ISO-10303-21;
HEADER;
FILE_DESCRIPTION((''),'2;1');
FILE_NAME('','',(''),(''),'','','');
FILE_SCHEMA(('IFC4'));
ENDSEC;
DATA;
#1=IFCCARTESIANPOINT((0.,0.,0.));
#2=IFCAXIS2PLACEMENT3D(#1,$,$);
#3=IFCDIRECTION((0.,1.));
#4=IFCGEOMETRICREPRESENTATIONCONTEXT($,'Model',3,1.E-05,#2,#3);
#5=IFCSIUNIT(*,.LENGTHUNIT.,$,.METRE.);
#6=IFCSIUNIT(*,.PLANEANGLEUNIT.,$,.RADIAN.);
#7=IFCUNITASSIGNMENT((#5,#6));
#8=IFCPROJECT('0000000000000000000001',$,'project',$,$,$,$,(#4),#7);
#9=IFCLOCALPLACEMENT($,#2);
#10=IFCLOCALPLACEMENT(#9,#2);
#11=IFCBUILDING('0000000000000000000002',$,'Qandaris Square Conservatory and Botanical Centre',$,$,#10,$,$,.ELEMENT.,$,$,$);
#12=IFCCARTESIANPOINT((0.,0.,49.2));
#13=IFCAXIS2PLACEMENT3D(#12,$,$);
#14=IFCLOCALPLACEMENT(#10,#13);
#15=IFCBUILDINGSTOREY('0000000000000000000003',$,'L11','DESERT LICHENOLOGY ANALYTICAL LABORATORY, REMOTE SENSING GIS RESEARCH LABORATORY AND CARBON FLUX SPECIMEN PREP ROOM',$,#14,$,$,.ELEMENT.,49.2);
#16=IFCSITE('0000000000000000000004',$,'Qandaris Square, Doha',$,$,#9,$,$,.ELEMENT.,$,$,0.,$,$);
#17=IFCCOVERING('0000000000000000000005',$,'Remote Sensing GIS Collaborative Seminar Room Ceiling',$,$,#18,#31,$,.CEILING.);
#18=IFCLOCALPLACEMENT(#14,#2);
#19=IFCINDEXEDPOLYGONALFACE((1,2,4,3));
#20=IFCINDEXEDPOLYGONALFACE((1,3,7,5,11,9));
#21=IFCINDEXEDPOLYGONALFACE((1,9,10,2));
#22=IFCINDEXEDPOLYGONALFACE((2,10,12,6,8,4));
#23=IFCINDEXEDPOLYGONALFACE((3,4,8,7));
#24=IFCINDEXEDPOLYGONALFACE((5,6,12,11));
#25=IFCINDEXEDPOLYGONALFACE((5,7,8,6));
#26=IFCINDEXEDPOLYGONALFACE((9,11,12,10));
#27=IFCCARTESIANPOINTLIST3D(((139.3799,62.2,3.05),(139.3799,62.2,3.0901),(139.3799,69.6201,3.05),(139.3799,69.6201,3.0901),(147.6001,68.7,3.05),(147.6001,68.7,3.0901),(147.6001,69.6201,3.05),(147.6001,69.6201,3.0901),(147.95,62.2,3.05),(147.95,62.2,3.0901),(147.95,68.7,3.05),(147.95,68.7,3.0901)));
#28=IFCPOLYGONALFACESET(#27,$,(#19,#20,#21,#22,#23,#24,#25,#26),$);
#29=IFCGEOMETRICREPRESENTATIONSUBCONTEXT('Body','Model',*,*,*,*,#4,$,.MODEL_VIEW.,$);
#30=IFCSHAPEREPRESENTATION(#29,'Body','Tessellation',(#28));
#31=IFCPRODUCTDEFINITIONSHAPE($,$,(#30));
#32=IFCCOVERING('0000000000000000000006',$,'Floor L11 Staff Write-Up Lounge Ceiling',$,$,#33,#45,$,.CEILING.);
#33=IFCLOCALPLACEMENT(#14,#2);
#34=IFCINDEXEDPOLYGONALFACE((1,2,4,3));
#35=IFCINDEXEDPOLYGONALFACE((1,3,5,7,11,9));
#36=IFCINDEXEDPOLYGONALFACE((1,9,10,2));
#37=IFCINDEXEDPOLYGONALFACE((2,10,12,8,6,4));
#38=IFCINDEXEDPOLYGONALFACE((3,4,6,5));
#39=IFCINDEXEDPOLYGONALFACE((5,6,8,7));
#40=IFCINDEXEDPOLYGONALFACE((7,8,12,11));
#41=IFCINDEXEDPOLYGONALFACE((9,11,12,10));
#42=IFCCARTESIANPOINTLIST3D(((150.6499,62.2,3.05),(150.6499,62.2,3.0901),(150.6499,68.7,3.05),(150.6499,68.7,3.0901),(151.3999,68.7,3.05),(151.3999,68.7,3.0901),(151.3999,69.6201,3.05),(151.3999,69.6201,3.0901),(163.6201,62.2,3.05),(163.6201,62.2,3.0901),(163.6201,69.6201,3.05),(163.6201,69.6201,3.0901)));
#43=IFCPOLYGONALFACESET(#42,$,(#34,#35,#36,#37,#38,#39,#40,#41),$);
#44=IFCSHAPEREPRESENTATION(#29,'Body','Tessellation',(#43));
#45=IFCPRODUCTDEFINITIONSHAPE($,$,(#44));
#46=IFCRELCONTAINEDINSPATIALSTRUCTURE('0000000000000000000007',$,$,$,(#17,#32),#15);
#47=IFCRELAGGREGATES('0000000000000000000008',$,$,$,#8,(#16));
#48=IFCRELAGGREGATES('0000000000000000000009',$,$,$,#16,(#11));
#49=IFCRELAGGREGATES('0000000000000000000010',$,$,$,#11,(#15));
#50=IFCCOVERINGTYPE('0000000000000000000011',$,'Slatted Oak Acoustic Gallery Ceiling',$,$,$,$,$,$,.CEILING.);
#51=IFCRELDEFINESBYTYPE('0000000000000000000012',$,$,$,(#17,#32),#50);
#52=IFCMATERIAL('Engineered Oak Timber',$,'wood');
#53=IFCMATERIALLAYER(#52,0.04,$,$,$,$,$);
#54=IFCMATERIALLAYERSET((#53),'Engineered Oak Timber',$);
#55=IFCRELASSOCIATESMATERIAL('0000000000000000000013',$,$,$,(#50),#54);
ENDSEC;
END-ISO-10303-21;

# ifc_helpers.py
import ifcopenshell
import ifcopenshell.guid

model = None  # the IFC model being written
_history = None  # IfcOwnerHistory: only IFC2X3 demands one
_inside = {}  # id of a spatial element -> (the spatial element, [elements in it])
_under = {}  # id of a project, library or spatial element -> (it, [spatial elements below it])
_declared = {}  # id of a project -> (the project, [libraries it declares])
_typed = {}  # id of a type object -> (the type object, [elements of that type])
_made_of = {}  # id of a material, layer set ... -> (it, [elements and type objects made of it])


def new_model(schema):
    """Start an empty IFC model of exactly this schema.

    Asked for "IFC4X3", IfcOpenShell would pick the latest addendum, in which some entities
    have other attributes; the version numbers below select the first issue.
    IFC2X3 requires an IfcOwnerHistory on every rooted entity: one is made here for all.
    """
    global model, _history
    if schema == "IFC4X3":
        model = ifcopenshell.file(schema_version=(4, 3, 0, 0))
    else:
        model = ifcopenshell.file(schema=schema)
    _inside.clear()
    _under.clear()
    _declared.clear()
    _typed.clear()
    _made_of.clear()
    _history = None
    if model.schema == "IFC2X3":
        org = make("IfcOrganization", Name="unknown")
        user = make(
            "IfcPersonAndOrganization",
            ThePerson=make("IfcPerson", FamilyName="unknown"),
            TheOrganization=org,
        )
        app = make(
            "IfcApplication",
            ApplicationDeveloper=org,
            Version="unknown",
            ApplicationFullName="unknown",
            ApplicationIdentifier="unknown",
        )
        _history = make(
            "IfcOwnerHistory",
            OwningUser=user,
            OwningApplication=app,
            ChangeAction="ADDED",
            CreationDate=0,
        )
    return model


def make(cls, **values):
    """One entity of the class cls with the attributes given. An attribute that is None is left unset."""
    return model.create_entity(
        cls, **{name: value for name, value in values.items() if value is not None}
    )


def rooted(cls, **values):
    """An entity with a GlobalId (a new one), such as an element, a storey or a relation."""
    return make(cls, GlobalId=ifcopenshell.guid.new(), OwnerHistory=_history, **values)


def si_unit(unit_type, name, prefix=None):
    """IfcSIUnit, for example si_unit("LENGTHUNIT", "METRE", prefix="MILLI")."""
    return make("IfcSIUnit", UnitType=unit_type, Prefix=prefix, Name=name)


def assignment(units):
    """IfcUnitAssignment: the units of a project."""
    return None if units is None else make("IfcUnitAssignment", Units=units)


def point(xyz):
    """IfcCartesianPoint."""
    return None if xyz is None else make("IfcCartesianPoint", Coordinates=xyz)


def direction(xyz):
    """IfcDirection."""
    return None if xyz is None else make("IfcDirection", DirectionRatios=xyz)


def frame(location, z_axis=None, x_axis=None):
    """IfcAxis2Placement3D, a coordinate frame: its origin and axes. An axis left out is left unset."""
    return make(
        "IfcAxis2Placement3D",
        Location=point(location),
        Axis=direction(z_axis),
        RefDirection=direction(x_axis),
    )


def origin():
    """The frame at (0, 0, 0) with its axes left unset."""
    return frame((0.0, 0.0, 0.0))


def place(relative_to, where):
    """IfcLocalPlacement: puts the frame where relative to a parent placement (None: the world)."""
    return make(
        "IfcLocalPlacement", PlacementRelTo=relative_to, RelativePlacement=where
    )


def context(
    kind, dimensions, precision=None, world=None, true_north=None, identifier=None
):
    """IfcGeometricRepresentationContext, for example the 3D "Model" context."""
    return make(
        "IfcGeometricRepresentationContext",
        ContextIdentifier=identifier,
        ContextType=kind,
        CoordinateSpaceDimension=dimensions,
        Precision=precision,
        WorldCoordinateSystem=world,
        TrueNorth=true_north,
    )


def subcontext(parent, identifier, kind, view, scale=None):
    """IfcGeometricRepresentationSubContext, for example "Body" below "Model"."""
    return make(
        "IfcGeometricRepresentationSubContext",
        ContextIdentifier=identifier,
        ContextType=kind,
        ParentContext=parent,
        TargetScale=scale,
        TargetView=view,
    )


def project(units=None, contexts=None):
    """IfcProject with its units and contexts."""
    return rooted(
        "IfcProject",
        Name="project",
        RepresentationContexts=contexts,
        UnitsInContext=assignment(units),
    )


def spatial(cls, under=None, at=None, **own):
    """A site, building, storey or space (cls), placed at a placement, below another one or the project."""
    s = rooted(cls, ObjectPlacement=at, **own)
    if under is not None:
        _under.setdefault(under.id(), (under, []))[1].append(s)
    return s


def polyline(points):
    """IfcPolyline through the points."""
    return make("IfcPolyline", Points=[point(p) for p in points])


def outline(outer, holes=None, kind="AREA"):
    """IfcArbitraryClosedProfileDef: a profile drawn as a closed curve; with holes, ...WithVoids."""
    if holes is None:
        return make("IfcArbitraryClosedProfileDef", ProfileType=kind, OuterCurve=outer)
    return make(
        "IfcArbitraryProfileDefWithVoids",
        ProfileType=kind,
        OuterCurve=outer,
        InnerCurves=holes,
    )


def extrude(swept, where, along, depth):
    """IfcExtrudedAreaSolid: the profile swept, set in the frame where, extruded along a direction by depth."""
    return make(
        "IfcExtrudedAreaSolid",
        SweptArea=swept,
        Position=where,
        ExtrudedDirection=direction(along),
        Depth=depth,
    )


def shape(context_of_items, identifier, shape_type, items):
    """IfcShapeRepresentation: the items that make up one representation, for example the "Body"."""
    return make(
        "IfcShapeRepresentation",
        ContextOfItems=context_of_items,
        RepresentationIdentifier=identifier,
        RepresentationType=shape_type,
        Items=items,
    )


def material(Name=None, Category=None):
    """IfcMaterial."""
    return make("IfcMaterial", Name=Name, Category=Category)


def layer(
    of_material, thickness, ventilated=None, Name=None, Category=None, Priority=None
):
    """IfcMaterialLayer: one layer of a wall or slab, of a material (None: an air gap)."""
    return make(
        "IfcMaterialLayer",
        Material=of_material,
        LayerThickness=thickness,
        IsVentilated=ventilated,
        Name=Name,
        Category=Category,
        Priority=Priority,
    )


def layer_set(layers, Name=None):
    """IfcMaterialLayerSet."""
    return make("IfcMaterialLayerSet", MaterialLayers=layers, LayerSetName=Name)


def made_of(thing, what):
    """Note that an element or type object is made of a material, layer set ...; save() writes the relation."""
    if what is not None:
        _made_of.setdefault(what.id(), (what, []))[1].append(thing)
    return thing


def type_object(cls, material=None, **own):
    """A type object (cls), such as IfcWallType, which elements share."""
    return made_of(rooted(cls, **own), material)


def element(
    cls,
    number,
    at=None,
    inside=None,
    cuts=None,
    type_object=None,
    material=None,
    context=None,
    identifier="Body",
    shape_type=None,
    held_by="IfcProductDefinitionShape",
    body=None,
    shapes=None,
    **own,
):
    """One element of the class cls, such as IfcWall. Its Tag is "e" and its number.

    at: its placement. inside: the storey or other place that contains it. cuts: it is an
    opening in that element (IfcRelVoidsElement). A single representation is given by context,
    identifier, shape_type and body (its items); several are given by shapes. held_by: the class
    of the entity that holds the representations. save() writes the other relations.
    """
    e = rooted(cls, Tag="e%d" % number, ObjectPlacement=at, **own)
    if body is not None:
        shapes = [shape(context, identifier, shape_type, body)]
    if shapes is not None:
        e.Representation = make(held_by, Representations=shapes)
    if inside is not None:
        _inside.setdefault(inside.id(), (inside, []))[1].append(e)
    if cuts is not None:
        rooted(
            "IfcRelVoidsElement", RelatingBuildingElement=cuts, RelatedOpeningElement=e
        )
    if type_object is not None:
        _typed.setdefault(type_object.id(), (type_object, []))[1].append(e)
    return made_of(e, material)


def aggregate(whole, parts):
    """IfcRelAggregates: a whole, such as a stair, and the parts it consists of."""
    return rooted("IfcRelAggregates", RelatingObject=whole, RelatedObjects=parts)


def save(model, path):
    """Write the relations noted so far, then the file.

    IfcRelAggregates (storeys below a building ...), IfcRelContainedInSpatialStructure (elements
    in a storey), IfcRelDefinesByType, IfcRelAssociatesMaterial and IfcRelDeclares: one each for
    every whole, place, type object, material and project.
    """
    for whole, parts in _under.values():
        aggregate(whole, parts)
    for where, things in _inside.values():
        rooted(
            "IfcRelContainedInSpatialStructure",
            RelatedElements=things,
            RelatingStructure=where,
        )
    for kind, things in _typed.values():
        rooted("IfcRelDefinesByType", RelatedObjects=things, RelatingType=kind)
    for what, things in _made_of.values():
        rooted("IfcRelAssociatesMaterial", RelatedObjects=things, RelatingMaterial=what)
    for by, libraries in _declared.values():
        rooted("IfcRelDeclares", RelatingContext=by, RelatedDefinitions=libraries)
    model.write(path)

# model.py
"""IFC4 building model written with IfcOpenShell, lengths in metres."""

from ifc_helpers import new_model, si_unit, direction, frame, origin, place, context, subcontext, project, spatial, polyline, outline, extrude, material, layer, layer_set, type_object, element, save


model = new_model("IFC4")

# Units and contexts
model_context = context("Model", 3, precision=1e-05, world=origin(), true_north=direction((0.0, 1.0)))
body_context = subcontext(model_context, "Body", "Model", "MODEL_VIEW")
ifc_project = project(units=[si_unit("LENGTHUNIT", "METRE"), si_unit("PLANEANGLEUNIT", "RADIAN")], contexts=[model_context])

# Site, building, storey
site_placement = place(None, origin())
site = spatial("IfcSite", under=ifc_project, at=site_placement, Name="Qandaris Square, Doha", CompositionType="ELEMENT", RefElevation=0.0)
building_placement = place(site_placement, origin())
building = spatial("IfcBuilding", under=site, at=building_placement, Name="Qandaris Square Conservatory and Botanical Centre", CompositionType="ELEMENT")
storey_placement = place(building_placement, frame((0.0, 0.0, 49.2)))
storey = spatial("IfcBuildingStorey", under=building, at=storey_placement, Name="L11", Description="DESERT LICHENOLOGY ANALYTICAL LABORATORY, REMOTE SENSING GIS RESEARCH LABORATORY AND CARBON FLUX SPECIMEN PREP ROOM", CompositionType="ELEMENT", Elevation=49.2)

# Coverings
ifc_material_1 = material(Name="Engineered Oak Timber", Category="wood")
ifc_layer_1 = layer(ifc_material_1, 0.04)
ifc_layer_set_1 = layer_set([ifc_layer_1], Name="Engineered Oak Timber")
covering_type_1 = type_object("IfcCoveringType", Name="Slatted Oak Acoustic Gallery Ceiling", PredefinedType="CEILING", material=ifc_layer_set_1)
covering_1_placement = place(storey_placement, frame((0.0, 0.0, 3.05)))
element("IfcCovering", 1, at=covering_1_placement, inside=storey, type_object=covering_type_1, Name="Remote Sensing GIS Collaborative Seminar Room Ceiling", PredefinedType="CEILING", context=body_context, shape_type="SweptSolid", body=[
    extrude(outline(polyline([(147.95, 62.2), (139.3799, 62.2), (139.3799, 69.6201), (147.6001, 69.6201), (147.6001, 68.7), (147.95, 68.7), (147.95, 62.2)])), origin(), (0.0, 0.0, 1.0), 0.04),
])
covering_2_placement = place(storey_placement, frame((0.0, 0.0, 3.05)))
element("IfcCovering", 2, at=covering_2_placement, inside=storey, type_object=covering_type_1, Name="Floor L11 Staff Write-Up Lounge Ceiling", PredefinedType="CEILING", context=body_context, shape_type="SweptSolid", body=[
    extrude(outline(polyline([(150.6499, 62.2), (150.6499, 68.7), (151.3999, 68.7), (151.3999, 69.6201), (163.6201, 69.6201), (163.6201, 62.2), (150.6499, 62.2)])), origin(), (0.0, 0.0, 1.0), 0.04),
])

save(model, "model.ifc")
